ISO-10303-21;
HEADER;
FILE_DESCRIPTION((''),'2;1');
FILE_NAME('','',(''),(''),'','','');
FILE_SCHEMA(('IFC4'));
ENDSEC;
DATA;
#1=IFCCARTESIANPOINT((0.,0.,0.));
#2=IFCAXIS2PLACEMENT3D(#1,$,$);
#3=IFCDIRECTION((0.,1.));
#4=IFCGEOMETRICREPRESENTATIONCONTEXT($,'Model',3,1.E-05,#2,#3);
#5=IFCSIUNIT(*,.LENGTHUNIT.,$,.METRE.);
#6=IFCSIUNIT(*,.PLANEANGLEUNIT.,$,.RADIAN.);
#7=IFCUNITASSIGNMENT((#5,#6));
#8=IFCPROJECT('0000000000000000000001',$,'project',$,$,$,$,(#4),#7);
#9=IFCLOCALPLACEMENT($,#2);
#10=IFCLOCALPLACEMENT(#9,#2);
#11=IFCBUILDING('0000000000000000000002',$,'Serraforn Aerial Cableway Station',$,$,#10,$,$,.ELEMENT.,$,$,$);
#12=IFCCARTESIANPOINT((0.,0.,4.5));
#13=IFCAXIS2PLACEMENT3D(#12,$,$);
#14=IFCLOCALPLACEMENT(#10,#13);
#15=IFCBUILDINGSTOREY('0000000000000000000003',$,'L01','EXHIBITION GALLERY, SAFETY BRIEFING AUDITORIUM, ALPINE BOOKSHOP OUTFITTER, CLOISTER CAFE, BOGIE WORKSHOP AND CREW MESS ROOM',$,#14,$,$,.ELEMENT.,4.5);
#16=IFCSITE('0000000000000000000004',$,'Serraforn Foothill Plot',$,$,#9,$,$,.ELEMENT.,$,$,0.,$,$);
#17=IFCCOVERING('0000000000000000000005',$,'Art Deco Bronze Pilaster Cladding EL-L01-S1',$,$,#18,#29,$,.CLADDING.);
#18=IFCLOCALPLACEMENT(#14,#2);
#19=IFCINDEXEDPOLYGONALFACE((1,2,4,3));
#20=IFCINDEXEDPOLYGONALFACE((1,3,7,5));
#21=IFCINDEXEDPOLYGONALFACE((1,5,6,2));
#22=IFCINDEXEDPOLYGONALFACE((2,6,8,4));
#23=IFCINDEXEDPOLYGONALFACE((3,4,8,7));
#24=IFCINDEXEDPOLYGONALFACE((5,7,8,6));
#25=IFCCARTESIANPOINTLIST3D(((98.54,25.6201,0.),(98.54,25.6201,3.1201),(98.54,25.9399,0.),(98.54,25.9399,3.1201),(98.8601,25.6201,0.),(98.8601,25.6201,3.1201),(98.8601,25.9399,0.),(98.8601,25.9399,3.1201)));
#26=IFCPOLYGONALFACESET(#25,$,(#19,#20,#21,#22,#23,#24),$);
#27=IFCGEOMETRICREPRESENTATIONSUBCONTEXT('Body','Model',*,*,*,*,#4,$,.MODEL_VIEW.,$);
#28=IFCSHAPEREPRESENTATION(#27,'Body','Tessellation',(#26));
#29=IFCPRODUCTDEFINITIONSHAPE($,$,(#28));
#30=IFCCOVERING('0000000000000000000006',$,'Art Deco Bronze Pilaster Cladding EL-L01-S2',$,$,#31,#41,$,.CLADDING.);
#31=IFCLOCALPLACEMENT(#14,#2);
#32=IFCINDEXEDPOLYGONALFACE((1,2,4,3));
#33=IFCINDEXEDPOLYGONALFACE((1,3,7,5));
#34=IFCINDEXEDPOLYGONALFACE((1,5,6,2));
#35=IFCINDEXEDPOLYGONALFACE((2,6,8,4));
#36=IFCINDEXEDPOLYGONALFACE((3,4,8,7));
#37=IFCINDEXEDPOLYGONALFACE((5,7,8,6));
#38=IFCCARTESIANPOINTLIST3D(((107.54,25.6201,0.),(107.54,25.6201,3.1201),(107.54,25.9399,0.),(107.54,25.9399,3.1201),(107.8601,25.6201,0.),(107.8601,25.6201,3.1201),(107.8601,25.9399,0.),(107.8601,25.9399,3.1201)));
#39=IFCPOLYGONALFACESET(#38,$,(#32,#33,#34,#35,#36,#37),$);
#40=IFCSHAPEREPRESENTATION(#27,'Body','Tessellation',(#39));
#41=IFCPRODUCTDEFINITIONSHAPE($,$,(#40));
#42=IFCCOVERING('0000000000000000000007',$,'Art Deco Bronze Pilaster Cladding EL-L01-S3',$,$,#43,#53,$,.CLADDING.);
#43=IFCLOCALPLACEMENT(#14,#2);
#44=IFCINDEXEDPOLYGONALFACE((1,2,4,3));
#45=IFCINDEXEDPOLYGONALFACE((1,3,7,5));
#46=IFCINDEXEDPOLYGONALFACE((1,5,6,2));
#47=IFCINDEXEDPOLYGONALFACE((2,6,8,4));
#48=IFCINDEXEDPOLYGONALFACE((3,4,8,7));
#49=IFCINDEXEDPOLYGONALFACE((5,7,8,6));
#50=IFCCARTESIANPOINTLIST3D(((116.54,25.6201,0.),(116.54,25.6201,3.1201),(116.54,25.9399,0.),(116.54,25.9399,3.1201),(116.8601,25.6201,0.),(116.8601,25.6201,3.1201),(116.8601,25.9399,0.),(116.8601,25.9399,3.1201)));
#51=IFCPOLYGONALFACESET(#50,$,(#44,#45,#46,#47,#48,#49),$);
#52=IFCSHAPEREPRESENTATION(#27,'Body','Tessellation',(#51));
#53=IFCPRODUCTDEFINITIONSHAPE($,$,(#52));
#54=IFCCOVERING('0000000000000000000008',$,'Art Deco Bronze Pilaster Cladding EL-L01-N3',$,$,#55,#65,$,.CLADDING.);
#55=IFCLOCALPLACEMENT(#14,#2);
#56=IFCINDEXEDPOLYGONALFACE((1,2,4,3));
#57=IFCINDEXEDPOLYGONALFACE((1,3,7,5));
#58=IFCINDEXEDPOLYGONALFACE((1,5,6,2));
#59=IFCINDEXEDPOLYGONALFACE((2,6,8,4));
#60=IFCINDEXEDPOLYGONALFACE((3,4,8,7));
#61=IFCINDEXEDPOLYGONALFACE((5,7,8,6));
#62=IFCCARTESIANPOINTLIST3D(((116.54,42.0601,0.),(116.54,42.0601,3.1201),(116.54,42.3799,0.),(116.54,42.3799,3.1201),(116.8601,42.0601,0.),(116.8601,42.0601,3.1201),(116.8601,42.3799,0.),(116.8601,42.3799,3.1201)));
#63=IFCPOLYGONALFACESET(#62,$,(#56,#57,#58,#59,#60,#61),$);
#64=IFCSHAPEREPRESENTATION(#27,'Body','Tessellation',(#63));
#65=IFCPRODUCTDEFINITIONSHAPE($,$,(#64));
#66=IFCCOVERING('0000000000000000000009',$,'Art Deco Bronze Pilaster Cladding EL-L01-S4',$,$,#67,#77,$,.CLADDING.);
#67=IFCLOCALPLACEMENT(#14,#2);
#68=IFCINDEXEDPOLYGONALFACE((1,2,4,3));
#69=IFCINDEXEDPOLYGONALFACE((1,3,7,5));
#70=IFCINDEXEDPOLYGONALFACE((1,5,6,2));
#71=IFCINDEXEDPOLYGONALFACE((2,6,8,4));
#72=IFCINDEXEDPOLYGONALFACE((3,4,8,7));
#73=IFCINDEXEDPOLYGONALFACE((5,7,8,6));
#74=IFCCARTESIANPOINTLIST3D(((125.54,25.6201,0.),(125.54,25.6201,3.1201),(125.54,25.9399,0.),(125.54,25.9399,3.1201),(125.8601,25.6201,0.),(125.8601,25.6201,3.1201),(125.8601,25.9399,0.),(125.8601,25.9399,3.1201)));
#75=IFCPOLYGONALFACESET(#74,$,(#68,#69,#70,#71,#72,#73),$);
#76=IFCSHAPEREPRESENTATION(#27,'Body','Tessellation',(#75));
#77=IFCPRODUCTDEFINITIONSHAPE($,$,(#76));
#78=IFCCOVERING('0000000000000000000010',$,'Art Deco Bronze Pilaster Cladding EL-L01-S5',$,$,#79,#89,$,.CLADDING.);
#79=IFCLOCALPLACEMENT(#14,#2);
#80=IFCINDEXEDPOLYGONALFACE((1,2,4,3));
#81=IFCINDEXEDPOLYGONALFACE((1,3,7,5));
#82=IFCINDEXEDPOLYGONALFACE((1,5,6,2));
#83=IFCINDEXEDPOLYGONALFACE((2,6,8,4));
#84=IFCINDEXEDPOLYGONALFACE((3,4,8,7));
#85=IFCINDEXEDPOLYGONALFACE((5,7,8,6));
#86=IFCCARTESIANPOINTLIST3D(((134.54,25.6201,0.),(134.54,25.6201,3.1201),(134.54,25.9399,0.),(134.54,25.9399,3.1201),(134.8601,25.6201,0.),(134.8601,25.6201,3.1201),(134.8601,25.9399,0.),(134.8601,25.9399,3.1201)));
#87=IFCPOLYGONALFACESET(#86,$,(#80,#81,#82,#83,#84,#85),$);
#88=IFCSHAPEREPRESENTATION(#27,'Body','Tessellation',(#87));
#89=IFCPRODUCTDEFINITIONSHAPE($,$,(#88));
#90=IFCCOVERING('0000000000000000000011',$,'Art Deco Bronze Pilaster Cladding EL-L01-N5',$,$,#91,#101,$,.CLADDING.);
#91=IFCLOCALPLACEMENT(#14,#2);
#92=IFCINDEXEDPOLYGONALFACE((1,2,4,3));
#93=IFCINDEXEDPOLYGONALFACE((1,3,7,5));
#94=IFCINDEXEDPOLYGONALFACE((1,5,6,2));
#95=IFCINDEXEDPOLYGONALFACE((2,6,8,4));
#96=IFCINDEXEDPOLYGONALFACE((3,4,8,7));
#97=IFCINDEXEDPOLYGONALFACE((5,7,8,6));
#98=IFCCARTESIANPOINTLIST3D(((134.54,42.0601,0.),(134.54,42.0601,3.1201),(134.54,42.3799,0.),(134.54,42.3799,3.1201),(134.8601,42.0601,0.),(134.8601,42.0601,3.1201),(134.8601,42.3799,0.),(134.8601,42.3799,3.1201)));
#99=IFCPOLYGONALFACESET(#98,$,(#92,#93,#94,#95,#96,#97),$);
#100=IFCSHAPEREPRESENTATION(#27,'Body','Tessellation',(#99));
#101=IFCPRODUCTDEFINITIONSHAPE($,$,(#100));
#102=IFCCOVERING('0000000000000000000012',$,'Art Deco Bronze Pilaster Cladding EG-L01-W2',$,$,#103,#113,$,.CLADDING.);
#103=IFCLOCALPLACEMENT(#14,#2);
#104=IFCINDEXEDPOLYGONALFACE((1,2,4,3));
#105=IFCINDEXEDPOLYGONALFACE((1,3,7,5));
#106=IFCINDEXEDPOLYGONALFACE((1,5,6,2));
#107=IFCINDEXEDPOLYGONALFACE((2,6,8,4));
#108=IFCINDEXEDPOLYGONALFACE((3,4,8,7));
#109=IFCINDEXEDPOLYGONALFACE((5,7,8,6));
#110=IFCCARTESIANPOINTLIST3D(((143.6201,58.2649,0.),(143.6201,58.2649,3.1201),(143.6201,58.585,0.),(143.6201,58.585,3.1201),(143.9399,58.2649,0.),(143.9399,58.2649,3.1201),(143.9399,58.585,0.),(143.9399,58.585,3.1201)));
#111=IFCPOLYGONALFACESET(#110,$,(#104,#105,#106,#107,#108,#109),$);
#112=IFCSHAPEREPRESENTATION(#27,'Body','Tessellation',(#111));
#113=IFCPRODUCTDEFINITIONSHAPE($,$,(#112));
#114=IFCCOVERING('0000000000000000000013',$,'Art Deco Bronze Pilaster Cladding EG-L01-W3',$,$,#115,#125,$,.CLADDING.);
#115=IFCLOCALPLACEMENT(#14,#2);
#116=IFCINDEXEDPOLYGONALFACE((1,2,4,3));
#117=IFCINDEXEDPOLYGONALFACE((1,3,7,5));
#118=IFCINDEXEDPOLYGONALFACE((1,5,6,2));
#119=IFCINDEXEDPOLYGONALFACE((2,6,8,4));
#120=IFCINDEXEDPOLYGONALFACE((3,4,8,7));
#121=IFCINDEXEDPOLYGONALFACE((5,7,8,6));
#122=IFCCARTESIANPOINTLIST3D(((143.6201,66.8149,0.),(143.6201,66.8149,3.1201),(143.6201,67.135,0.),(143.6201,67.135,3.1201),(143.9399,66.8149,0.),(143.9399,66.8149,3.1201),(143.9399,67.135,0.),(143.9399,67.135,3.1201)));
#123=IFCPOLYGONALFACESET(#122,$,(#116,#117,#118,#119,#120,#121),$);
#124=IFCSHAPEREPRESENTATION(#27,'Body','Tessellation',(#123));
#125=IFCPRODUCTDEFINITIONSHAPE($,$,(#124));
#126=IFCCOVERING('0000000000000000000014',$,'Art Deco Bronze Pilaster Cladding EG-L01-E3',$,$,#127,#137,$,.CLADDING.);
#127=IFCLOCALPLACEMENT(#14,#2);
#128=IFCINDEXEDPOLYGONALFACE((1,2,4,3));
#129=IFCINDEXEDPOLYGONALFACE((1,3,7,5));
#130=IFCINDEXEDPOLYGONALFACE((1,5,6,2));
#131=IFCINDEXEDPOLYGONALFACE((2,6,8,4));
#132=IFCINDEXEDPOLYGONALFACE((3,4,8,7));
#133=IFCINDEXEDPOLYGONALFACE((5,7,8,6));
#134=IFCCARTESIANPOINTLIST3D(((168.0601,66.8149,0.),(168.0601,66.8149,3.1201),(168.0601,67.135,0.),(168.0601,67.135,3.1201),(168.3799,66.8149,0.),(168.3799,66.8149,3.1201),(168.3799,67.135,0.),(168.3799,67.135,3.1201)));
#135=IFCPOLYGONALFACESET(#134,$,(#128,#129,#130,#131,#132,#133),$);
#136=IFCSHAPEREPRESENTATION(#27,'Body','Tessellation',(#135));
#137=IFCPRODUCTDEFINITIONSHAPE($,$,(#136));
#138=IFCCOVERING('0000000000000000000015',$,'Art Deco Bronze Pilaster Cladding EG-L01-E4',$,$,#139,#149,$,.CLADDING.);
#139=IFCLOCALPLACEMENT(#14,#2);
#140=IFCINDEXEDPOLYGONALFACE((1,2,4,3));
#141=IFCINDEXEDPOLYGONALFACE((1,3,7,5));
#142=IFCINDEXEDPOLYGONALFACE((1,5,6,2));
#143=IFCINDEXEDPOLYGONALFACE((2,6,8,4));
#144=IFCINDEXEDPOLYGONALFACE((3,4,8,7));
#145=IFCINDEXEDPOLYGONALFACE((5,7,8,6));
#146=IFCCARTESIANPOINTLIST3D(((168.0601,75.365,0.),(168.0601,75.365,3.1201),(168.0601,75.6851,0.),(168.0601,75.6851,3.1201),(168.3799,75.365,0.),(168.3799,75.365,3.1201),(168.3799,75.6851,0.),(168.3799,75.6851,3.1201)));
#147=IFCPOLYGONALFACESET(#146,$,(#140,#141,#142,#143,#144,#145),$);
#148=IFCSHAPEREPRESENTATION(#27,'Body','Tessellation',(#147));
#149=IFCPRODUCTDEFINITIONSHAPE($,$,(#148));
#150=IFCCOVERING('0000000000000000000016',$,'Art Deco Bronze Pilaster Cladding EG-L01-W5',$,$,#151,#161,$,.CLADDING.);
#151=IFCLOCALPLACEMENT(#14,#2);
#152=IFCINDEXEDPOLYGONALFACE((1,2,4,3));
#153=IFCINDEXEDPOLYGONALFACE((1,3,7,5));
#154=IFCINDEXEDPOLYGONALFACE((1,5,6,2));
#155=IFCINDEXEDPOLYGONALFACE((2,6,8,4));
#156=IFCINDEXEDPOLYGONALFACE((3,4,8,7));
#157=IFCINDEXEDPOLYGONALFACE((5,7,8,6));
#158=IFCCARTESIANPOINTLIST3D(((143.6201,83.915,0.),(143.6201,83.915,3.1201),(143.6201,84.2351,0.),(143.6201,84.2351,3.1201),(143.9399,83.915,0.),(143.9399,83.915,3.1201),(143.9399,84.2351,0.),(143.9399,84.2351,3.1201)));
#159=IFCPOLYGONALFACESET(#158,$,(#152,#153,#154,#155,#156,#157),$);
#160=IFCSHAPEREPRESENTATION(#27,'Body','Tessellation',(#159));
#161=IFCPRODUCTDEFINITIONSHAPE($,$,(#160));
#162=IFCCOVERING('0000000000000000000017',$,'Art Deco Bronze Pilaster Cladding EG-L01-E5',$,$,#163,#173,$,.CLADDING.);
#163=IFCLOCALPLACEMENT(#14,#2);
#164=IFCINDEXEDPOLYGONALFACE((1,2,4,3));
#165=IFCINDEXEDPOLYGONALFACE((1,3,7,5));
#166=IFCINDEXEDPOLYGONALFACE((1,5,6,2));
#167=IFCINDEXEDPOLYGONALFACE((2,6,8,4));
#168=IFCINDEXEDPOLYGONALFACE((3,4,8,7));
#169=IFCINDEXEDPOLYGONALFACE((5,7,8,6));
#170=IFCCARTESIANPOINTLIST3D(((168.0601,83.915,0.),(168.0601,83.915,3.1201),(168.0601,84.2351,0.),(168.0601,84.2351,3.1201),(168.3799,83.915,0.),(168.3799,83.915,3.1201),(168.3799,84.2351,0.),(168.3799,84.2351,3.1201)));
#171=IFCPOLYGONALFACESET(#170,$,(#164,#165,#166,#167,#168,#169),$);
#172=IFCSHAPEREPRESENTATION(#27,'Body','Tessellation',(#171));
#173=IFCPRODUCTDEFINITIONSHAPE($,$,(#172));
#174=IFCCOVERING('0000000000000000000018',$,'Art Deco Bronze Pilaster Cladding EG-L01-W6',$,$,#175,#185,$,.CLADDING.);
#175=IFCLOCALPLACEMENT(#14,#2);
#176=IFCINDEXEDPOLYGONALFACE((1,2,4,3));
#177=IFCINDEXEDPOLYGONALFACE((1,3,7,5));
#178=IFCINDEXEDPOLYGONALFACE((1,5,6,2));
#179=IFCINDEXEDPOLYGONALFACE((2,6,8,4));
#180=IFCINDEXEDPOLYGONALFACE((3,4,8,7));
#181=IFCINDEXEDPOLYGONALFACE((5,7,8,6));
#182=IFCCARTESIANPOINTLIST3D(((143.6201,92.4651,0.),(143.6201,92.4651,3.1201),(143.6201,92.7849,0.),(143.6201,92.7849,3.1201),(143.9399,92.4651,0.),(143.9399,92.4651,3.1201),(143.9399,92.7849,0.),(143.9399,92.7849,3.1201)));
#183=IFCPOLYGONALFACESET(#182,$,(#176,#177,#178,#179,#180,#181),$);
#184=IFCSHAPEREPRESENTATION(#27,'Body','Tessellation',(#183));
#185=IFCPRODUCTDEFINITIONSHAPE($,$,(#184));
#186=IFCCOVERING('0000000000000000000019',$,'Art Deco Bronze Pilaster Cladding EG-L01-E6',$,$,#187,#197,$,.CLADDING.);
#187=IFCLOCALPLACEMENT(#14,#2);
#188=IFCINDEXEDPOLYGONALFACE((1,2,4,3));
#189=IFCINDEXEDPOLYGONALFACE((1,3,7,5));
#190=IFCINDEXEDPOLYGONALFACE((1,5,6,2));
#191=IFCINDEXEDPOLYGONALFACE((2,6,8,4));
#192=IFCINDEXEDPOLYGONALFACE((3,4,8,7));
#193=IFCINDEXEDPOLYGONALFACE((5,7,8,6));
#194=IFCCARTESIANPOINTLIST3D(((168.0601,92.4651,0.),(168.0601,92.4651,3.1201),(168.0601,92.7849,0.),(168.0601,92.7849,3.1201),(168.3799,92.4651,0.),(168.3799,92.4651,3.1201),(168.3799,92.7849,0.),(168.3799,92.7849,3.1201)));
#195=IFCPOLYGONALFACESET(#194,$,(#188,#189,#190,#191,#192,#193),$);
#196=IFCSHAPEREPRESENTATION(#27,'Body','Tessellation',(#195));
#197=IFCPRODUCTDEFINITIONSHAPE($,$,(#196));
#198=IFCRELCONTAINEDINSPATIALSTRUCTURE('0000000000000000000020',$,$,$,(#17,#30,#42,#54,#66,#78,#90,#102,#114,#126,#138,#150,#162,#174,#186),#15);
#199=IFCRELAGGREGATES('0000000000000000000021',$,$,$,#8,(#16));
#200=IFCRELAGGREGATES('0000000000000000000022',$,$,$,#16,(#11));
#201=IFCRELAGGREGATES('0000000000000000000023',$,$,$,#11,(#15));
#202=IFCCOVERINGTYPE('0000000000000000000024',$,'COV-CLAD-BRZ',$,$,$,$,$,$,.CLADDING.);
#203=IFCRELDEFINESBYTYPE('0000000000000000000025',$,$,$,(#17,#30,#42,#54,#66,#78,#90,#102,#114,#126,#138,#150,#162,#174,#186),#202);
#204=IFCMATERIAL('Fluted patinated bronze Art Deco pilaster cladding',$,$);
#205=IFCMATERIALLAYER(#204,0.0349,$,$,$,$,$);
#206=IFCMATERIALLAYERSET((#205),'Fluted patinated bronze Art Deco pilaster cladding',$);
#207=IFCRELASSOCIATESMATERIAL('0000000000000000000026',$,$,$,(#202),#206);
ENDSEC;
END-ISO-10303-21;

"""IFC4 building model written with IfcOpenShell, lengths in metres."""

from ifc_helpers import new_model, si_unit, direction, frame, origin, place, context, subcontext, project, spatial, polyline, outline, extrude, material, layer, layer_set, type_object, element, save


model = new_model("IFC4")

# Units and contexts
model_context = context("Model", 3, precision=1e-05, world=origin(), true_north=direction((0.0, 1.0)))
body_context = subcontext(model_context, "Body", "Model", "MODEL_VIEW")
ifc_project = project(units=[si_unit("LENGTHUNIT", "METRE"), si_unit("PLANEANGLEUNIT", "RADIAN")], contexts=[model_context])

# Site, building, storey
site_placement = place(None, origin())
site = spatial("IfcSite", under=ifc_project, at=site_placement, Name="Serraforn Foothill Plot", CompositionType="ELEMENT", RefElevation=0.0)
building_placement = place(site_placement, origin())
building = spatial("IfcBuilding", under=site, at=building_placement, Name="Serraforn Aerial Cableway Station", CompositionType="ELEMENT")
storey_placement = place(building_placement, frame((0.0, 0.0, 4.5)))
storey = spatial("IfcBuildingStorey", under=building, at=storey_placement, Name="L01", Description="EXHIBITION GALLERY, SAFETY BRIEFING AUDITORIUM, ALPINE BOOKSHOP OUTFITTER, CLOISTER CAFE, BOGIE WORKSHOP AND CREW MESS ROOM", CompositionType="ELEMENT", Elevation=4.5)

# Coverings
ifc_material_1 = material(Name="Fluted patinated bronze Art Deco pilaster cladding")
ifc_layer_1 = layer(ifc_material_1, 0.0349)
ifc_layer_set_1 = layer_set([ifc_layer_1], Name="Fluted patinated bronze Art Deco pilaster cladding")
covering_type = type_object("IfcCoveringType", Name="COV-CLAD-BRZ", PredefinedType="CLADDING", material=ifc_layer_set_1)
covering_1_placement = place(storey_placement, origin())
element("IfcCovering", 1, at=covering_1_placement, inside=storey, type_object=covering_type, Name="Art Deco Bronze Pilaster Cladding EL-L01-S1", PredefinedType="CLADDING", context=body_context, shape_type="SweptSolid", body=[
    extrude(outline(polyline([(98.54, 25.6201), (98.8601, 25.6201), (98.8601, 25.9399), (98.54, 25.9399), (98.54, 25.6201)])), origin(), (0.0, 0.0, 1.0), 3.1201),
])
covering_2_placement = place(storey_placement, origin())
element("IfcCovering", 2, at=covering_2_placement, inside=storey, type_object=covering_type, Name="Art Deco Bronze Pilaster Cladding EL-L01-S2", PredefinedType="CLADDING", context=body_context, shape_type="SweptSolid", body=[
    extrude(outline(polyline([(107.54, 25.6201), (107.8601, 25.6201), (107.8601, 25.9399), (107.54, 25.9399), (107.54, 25.6201)])), origin(), (0.0, 0.0, 1.0), 3.1201),
])
covering_3_placement = place(storey_placement, origin())
element("IfcCovering", 3, at=covering_3_placement, inside=storey, type_object=covering_type, Name="Art Deco Bronze Pilaster Cladding EL-L01-S3", PredefinedType="CLADDING", context=body_context, shape_type="SweptSolid", body=[
    extrude(outline(polyline([(116.54, 25.6201), (116.8601, 25.6201), (116.8601, 25.9399), (116.54, 25.9399), (116.54, 25.6201)])), origin(), (0.0, 0.0, 1.0), 3.1201),
])
covering_4_placement = place(storey_placement, origin())
element("IfcCovering", 4, at=covering_4_placement, inside=storey, type_object=covering_type, Name="Art Deco Bronze Pilaster Cladding EL-L01-N3", PredefinedType="CLADDING", context=body_context, shape_type="SweptSolid", body=[
    extrude(outline(polyline([(116.54, 42.0601), (116.8601, 42.0601), (116.8601, 42.3799), (116.54, 42.3799), (116.54, 42.0601)])), origin(), (0.0, 0.0, 1.0), 3.1201),
])
covering_5_placement = place(storey_placement, origin())
element("IfcCovering", 5, at=covering_5_placement, inside=storey, type_object=covering_type, Name="Art Deco Bronze Pilaster Cladding EL-L01-S4", PredefinedType="CLADDING", context=body_context, shape_type="SweptSolid", body=[
    extrude(outline(polyline([(125.54, 25.6201), (125.8601, 25.6201), (125.8601, 25.9399), (125.54, 25.9399), (125.54, 25.6201)])), origin(), (0.0, 0.0, 1.0), 3.1201),
])
covering_6_placement = place(storey_placement, origin())
element("IfcCovering", 6, at=covering_6_placement, inside=storey, type_object=covering_type, Name="Art Deco Bronze Pilaster Cladding EL-L01-S5", PredefinedType="CLADDING", context=body_context, shape_type="SweptSolid", body=[
    extrude(outline(polyline([(134.54, 25.6201), (134.8601, 25.6201), (134.8601, 25.9399), (134.54, 25.9399), (134.54, 25.6201)])), origin(), (0.0, 0.0, 1.0), 3.1201),
])
covering_7_placement = place(storey_placement, origin())
element("IfcCovering", 7, at=covering_7_placement, inside=storey, type_object=covering_type, Name="Art Deco Bronze Pilaster Cladding EL-L01-N5", PredefinedType="CLADDING", context=body_context, shape_type="SweptSolid", body=[
    extrude(outline(polyline([(134.54, 42.0601), (134.8601, 42.0601), (134.8601, 42.3799), (134.54, 42.3799), (134.54, 42.0601)])), origin(), (0.0, 0.0, 1.0), 3.1201),
])
covering_8_placement = place(storey_placement, origin())
element("IfcCovering", 8, at=covering_8_placement, inside=storey, type_object=covering_type, Name="Art Deco Bronze Pilaster Cladding EG-L01-W2", PredefinedType="CLADDING", context=body_context, shape_type="SweptSolid", body=[
    extrude(outline(polyline([(143.6201, 58.2649), (143.9399, 58.2649), (143.9399, 58.585), (143.6201, 58.585), (143.6201, 58.2649)])), origin(), (0.0, 0.0, 1.0), 3.1201),
])
covering_9_placement = place(storey_placement, origin())
element("IfcCovering", 9, at=covering_9_placement, inside=storey, type_object=covering_type, Name="Art Deco Bronze Pilaster Cladding EG-L01-W3", PredefinedType="CLADDING", context=body_context, shape_type="SweptSolid", body=[
    extrude(outline(polyline([(143.6201, 66.8149), (143.9399, 66.8149), (143.9399, 67.135), (143.6201, 67.135), (143.6201, 66.8149)])), origin(), (0.0, 0.0, 1.0), 3.1201),
])
covering_10_placement = place(storey_placement, origin())
element("IfcCovering", 10, at=covering_10_placement, inside=storey, type_object=covering_type, Name="Art Deco Bronze Pilaster Cladding EG-L01-E3", PredefinedType="CLADDING", context=body_context, shape_type="SweptSolid", body=[
    extrude(outline(polyline([(168.0601, 66.8149), (168.3799, 66.8149), (168.3799, 67.135), (168.0601, 67.135), (168.0601, 66.8149)])), origin(), (0.0, 0.0, 1.0), 3.1201),
])
covering_11_placement = place(storey_placement, origin())
element("IfcCovering", 11, at=covering_11_placement, inside=storey, type_object=covering_type, Name="Art Deco Bronze Pilaster Cladding EG-L01-E4", PredefinedType="CLADDING", context=body_context, shape_type="SweptSolid", body=[
    extrude(outline(polyline([(168.0601, 75.365), (168.3799, 75.365), (168.3799, 75.6851), (168.0601, 75.6851), (168.0601, 75.365)])), origin(), (0.0, 0.0, 1.0), 3.1201),
])
covering_12_placement = place(storey_placement, origin())
element("IfcCovering", 12, at=covering_12_placement, inside=storey, type_object=covering_type, Name="Art Deco Bronze Pilaster Cladding EG-L01-W5", PredefinedType="CLADDING", context=body_context, shape_type="SweptSolid", body=[
    extrude(outline(polyline([(143.6201, 83.915), (143.9399, 83.915), (143.9399, 84.2351), (143.6201, 84.2351), (143.6201, 83.915)])), origin(), (0.0, 0.0, 1.0), 3.1201),
])
covering_13_placement = place(storey_placement, origin())
element("IfcCovering", 13, at=covering_13_placement, inside=storey, type_object=covering_type, Name="Art Deco Bronze Pilaster Cladding EG-L01-E5", PredefinedType="CLADDING", context=body_context, shape_type="SweptSolid", body=[
    extrude(outline(polyline([(168.0601, 83.915), (168.3799, 83.915), (168.3799, 84.2351), (168.0601, 84.2351), (168.0601, 83.915)])), origin(), (0.0, 0.0, 1.0), 3.1201),
])
covering_14_placement = place(storey_placement, origin())
element("IfcCovering", 14, at=covering_14_placement, inside=storey, type_object=covering_type, Name="Art Deco Bronze Pilaster Cladding EG-L01-W6", PredefinedType="CLADDING", context=body_context, shape_type="SweptSolid", body=[
    extrude(outline(polyline([(143.6201, 92.4651), (143.9399, 92.4651), (143.9399, 92.7849), (143.6201, 92.7849), (143.6201, 92.4651)])), origin(), (0.0, 0.0, 1.0), 3.1201),
])
covering_15_placement = place(storey_placement, origin())
element("IfcCovering", 15, at=covering_15_placement, inside=storey, type_object=covering_type, Name="Art Deco Bronze Pilaster Cladding EG-L01-E6", PredefinedType="CLADDING", context=body_context, shape_type="SweptSolid", body=[
    extrude(outline(polyline([(168.0601, 92.4651), (168.3799, 92.4651), (168.3799, 92.7849), (168.0601, 92.7849), (168.0601, 92.4651)])), origin(), (0.0, 0.0, 1.0), 3.1201),
])

save(model, "model.ifc")
